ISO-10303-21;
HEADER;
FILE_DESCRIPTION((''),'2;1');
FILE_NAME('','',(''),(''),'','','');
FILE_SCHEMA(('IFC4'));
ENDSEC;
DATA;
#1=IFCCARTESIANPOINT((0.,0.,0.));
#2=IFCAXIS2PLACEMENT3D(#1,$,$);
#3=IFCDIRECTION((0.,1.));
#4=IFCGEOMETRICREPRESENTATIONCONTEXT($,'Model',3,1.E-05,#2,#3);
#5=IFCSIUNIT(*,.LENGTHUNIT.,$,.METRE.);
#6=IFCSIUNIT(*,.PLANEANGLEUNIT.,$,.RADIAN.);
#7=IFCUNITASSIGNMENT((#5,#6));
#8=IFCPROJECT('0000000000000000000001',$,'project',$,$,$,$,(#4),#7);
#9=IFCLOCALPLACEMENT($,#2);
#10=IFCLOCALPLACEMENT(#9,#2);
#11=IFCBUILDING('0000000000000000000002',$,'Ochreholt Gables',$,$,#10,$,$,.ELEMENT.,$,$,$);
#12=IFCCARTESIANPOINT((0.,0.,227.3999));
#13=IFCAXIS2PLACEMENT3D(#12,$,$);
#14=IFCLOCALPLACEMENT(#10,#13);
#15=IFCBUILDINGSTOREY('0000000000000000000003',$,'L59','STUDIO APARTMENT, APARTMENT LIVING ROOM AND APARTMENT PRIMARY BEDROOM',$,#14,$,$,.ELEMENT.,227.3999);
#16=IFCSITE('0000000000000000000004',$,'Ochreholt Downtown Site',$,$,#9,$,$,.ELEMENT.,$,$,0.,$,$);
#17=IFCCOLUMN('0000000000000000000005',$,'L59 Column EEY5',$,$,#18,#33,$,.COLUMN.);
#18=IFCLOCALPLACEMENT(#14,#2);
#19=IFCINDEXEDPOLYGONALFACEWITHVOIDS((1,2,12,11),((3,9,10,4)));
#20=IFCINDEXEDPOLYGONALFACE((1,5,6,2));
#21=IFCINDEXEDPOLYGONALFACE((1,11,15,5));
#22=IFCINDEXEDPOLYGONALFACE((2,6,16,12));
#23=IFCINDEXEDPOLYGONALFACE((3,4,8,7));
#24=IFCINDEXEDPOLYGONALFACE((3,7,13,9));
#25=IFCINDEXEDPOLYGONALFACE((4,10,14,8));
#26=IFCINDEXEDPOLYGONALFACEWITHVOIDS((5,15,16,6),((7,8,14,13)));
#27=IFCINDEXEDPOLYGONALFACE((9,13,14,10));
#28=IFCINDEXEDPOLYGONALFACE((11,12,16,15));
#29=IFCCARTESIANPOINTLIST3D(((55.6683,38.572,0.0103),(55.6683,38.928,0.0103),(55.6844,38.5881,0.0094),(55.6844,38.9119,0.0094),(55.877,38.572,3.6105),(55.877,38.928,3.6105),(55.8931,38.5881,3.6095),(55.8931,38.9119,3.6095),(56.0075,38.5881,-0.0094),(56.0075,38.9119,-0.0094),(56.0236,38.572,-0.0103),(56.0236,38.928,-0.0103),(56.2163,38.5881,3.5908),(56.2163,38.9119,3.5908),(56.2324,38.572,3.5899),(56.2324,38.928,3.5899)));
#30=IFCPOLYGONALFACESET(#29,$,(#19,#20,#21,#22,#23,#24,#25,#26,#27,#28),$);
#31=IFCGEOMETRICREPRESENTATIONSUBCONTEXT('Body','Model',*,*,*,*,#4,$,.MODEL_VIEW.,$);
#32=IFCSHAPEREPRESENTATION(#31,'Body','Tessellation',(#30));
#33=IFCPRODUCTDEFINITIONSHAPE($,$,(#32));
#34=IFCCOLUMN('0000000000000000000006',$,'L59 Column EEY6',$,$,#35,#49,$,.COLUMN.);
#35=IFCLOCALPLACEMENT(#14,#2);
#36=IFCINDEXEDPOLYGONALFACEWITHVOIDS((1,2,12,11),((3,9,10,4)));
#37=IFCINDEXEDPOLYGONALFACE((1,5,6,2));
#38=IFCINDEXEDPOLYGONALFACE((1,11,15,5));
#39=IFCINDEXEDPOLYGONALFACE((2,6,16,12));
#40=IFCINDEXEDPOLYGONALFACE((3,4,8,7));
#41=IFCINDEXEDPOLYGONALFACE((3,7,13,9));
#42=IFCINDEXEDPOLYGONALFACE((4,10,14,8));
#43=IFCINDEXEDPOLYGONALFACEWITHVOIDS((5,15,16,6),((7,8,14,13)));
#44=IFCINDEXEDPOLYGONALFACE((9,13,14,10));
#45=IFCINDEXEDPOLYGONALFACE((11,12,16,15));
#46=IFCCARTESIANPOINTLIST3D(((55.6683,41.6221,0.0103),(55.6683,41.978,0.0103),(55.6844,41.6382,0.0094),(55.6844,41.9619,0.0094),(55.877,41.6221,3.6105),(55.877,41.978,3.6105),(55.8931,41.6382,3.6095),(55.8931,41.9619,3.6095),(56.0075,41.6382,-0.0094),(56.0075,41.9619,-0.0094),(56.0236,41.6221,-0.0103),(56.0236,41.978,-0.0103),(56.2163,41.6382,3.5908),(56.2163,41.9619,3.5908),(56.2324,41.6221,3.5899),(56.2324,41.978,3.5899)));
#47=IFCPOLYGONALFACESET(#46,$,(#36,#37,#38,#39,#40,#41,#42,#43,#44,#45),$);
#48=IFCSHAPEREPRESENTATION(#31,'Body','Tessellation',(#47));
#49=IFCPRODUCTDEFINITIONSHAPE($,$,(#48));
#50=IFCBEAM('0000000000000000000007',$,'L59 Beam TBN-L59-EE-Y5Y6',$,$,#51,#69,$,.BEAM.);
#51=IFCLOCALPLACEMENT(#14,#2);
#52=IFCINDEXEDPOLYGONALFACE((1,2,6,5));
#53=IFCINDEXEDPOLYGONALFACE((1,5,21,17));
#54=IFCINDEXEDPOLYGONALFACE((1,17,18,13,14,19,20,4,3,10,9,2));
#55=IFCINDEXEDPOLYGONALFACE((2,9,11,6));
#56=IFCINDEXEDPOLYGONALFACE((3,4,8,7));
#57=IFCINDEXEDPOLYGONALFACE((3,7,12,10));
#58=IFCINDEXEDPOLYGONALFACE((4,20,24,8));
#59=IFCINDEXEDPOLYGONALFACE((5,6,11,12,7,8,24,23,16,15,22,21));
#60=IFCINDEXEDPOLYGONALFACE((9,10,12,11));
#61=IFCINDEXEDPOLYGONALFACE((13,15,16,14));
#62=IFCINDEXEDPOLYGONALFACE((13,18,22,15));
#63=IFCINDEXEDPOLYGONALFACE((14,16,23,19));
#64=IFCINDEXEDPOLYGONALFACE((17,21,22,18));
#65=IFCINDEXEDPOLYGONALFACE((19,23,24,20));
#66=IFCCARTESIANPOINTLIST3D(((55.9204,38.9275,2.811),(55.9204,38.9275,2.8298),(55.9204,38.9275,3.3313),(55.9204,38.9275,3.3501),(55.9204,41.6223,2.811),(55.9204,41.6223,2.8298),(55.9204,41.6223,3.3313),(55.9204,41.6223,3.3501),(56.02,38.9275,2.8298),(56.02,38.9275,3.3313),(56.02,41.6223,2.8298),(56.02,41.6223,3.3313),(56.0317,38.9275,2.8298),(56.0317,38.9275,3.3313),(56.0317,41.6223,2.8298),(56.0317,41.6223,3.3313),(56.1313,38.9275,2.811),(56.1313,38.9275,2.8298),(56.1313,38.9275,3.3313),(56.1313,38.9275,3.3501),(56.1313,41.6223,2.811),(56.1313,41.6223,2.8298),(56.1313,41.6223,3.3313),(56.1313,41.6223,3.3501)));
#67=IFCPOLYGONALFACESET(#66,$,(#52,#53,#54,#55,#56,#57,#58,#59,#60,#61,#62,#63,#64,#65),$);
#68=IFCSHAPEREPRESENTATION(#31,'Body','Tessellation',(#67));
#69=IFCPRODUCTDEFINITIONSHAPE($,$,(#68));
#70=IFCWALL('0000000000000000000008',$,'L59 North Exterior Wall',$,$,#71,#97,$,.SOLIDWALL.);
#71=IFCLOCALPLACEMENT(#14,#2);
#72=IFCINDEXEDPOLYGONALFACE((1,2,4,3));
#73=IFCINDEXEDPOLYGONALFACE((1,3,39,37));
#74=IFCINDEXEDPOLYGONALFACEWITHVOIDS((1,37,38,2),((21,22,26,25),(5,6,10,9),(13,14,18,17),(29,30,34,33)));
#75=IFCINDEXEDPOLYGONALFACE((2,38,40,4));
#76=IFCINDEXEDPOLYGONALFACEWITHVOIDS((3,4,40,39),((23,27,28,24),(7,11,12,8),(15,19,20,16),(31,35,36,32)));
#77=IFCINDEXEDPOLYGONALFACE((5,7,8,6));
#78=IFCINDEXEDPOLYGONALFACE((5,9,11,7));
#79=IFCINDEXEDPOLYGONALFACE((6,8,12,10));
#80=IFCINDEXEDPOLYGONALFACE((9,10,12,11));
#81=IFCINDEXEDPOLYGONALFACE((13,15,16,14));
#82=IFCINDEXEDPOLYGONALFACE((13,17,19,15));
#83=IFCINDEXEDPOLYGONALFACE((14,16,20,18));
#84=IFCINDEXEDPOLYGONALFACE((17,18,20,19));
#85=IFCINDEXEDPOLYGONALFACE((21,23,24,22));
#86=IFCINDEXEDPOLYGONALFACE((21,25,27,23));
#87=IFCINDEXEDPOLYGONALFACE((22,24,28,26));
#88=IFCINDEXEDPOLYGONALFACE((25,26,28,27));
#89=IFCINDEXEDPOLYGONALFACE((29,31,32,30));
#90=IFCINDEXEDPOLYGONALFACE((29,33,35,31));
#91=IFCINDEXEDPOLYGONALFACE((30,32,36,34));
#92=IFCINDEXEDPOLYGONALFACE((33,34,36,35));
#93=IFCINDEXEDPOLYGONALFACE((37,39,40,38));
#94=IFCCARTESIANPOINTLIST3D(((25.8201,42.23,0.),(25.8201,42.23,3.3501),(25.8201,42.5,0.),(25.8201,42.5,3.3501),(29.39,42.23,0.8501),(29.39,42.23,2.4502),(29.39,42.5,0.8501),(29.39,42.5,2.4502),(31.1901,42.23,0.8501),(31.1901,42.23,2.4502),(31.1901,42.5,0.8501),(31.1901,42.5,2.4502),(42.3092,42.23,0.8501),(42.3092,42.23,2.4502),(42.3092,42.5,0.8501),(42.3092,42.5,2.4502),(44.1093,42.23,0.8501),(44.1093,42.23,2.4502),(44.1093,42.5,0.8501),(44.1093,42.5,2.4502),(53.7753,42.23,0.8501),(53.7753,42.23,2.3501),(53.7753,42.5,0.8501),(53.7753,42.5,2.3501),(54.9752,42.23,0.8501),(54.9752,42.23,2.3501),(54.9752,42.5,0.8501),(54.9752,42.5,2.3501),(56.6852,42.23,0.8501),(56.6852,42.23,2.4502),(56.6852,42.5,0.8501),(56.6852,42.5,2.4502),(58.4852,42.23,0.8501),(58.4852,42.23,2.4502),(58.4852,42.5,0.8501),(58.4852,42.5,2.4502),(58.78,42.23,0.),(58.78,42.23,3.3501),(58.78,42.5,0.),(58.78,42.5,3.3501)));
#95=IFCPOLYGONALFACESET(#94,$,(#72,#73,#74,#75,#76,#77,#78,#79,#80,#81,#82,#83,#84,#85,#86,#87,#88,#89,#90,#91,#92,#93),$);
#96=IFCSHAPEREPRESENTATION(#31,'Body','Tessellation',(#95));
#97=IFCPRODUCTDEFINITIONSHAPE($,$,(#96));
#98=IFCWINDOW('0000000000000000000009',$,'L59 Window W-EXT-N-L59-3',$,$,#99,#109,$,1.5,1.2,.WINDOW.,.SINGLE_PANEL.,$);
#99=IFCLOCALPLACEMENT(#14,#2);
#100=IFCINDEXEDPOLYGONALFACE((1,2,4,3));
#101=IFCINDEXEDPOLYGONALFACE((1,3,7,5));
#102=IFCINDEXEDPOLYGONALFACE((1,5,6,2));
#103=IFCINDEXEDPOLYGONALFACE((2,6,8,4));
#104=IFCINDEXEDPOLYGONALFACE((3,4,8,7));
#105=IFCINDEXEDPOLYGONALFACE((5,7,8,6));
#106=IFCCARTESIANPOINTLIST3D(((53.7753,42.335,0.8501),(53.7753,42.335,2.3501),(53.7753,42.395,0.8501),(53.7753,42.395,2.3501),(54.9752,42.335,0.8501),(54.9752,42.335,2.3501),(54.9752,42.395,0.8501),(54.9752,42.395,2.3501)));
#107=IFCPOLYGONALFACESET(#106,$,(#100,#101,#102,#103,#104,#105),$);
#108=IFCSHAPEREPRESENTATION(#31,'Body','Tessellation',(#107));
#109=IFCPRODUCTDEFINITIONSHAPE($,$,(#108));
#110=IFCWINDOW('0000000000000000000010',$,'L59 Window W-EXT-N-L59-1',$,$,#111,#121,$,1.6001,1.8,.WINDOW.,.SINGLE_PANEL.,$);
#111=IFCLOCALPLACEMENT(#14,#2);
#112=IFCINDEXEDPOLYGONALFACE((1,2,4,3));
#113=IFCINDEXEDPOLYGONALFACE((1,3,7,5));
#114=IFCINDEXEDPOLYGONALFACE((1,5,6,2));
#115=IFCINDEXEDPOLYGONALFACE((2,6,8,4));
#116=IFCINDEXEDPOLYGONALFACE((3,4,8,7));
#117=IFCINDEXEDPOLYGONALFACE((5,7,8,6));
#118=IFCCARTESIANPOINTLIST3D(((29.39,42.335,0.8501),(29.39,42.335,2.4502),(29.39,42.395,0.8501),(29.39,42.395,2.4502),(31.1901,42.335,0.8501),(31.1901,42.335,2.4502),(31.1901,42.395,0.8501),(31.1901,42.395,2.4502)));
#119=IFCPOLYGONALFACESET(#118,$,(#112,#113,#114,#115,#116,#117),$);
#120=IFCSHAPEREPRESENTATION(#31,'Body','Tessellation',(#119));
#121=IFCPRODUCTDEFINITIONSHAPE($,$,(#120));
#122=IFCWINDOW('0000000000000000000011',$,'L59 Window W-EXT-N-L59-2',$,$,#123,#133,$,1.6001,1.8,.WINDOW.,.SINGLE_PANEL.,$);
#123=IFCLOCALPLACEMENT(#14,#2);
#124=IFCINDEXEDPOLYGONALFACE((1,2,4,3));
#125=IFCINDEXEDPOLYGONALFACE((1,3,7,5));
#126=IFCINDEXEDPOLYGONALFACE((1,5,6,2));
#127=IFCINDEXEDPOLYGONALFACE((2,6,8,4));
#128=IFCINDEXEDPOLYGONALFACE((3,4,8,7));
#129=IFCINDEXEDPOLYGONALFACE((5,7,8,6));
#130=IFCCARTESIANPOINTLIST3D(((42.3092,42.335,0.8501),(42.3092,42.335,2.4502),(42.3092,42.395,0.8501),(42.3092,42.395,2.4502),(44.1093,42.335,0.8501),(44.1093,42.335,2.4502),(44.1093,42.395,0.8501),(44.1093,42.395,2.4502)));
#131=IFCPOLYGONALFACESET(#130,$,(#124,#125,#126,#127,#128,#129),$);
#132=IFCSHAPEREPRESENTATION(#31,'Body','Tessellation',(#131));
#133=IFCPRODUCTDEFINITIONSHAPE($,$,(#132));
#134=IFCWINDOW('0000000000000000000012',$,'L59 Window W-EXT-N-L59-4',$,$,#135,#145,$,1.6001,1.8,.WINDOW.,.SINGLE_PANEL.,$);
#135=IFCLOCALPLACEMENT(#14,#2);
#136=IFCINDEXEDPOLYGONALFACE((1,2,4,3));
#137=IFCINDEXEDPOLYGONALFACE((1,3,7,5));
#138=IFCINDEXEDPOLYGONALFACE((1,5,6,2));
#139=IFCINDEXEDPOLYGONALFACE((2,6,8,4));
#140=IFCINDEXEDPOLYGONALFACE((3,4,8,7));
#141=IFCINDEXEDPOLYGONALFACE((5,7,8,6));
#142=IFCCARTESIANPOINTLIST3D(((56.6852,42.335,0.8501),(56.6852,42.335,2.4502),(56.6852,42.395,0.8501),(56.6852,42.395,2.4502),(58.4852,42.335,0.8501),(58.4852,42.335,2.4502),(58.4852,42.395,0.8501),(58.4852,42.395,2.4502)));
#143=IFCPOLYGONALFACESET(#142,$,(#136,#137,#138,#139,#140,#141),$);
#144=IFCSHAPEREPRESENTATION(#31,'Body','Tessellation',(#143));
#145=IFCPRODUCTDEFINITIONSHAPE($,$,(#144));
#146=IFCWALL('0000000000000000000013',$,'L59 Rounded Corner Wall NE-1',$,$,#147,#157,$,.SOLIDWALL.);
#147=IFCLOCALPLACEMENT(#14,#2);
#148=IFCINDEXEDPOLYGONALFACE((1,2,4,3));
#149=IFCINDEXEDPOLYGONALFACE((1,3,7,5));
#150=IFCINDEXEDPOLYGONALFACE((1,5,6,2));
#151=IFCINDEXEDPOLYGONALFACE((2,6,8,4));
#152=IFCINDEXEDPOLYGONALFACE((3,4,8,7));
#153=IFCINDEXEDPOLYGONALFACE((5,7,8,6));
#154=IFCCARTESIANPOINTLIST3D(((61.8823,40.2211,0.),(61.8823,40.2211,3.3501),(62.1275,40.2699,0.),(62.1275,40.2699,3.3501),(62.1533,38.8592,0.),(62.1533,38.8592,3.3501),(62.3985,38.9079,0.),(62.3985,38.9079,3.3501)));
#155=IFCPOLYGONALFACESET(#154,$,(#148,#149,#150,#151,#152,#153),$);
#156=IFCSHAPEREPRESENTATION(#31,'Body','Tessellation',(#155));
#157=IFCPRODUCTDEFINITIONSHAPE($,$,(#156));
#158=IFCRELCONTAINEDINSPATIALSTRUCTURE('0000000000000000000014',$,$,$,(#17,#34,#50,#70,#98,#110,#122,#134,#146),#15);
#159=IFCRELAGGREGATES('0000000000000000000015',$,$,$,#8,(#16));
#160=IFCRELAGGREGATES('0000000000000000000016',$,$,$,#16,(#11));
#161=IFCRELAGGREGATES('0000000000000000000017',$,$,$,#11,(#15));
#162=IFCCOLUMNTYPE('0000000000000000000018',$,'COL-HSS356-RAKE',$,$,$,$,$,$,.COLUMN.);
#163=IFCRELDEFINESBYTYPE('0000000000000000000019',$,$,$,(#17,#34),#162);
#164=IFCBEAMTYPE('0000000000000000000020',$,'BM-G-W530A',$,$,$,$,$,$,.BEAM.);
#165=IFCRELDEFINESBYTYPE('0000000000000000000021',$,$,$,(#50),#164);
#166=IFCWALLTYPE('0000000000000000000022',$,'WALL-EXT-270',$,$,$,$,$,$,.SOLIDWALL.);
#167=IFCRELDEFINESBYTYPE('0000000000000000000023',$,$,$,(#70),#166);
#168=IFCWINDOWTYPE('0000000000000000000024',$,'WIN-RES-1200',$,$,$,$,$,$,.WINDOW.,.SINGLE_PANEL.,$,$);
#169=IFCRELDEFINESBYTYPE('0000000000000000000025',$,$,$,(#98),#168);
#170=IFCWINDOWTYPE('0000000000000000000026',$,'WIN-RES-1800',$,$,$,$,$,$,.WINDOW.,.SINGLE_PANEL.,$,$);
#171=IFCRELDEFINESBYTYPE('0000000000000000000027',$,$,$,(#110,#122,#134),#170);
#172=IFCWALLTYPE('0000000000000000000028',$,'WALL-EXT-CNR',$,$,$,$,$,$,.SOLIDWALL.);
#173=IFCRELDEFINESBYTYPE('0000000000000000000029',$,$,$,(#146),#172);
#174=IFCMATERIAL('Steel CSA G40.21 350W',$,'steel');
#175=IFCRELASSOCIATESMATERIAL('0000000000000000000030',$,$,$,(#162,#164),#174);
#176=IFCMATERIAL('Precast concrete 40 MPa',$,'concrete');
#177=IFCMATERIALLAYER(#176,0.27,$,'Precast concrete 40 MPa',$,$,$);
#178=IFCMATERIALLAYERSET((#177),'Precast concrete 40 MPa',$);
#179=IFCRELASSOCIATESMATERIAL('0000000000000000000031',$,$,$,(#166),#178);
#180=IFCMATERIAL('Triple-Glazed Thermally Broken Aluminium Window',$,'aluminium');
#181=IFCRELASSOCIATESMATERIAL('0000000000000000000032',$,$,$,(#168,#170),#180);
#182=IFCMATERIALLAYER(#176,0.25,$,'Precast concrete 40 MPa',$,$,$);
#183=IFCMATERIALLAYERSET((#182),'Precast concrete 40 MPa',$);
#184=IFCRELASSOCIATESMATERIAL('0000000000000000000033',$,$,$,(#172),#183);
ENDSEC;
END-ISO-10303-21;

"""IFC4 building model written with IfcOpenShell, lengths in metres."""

from ifc_helpers import new_model, si_unit, direction, frame, frame_2d, origin, origin_2d, place, context, subcontext, project, spatial, rectangle, hollow_rectangle, i_section, extrude, material, layer, layer_set, material_profile, profile_set, type_object, element, fill, save


model = new_model("IFC4")

# Units and contexts
model_context = context("Model", 3, precision=1e-05, world=origin(), true_north=direction((0.0, 1.0)))
body_context = subcontext(model_context, "Body", "Model", "MODEL_VIEW")
ifc_project = project(units=[si_unit("LENGTHUNIT", "METRE"), si_unit("PLANEANGLEUNIT", "RADIAN")], contexts=[model_context])

# Site, building, storey
site_placement = place(None, origin())
site = spatial("IfcSite", under=ifc_project, at=site_placement, Name="Ochreholt Downtown Site", CompositionType="ELEMENT", RefElevation=0.0)
building_placement = place(site_placement, origin())
building = spatial("IfcBuilding", under=site, at=building_placement, Name="Ochreholt Gables", CompositionType="ELEMENT")
storey_placement = place(building_placement, frame((0.0, 0.0, 227.3999)))
storey = spatial("IfcBuildingStorey", under=building, at=storey_placement, Name="L59", Description="STUDIO APARTMENT, APARTMENT LIVING ROOM AND APARTMENT PRIMARY BEDROOM", CompositionType="ELEMENT", Elevation=227.3999)

# Columns
ifc_material_1 = material(Name="Steel CSA G40.21 350W", Category="steel")
ifc_material_profile_1 = material_profile(ifc_material_1, hollow_rectangle(XDim=0.356, YDim=0.356, WallThickness=0.0161, at=origin_2d()), Name="HSS356X356X16")
ifc_profile_set_1 = profile_set([ifc_material_profile_1], Name="Steel CSA G40.21 350W")
column_type = type_object("IfcColumnType", Name="COL-HSS356-RAKE", PredefinedType="COLUMN", material=ifc_profile_set_1)
for number, where, z_axis, x_axis, name in (
    (1, (55.8459, 38.75, 0.0), (0.057885, 0.0, 0.998323), (0.0, 1.0, 0.0), "L59 Column EEY5"),
    (2, (55.8459, 41.8, 0.0), (0.057885, 0.0, 0.998323), (0.0, 1.0, 0.0), "L59 Column EEY6"),
):
    element("IfcColumn", number, at=place(storey_placement, frame(where, z_axis=z_axis, x_axis=x_axis)), inside=storey, type_object=column_type, Name=name, PredefinedType="COLUMN", context=body_context, shape_type="SweptSolid", body=[
        extrude(hollow_rectangle(XDim=0.356, YDim=0.356, WallThickness=0.0161, at=origin_2d()), origin(), (0.0, 0.0, 1.0), 3.6062),
    ])

# Beam
ifc_material_profile_2 = material_profile(ifc_material_1, i_section(OverallWidth=0.2109, OverallDepth=0.5391, WebThickness=0.0117, FlangeThickness=0.0188, at=origin_2d()), Name="W530X109")
ifc_profile_set_2 = profile_set([ifc_material_profile_2], Name="Steel CSA G40.21 350W")
beam_type = type_object("IfcBeamType", Name="BM-G-W530A", PredefinedType="BEAM", material=ifc_profile_set_2)
beam_placement = place(storey_placement, frame((56.0259, 38.9275, 3.0806), z_axis=(0.0, 1.0, 0.0), x_axis=(-1.0, 0.0, 0.0)))
element("IfcBeam", 3, at=beam_placement, inside=storey, type_object=beam_type, Name="L59 Beam TBN-L59-EE-Y5Y6", PredefinedType="BEAM", context=body_context, shape_type="SweptSolid", body=[
    extrude(i_section(OverallWidth=0.2109, OverallDepth=0.5391, WebThickness=0.0117, FlangeThickness=0.0188, at=origin_2d()), origin(), (0.0, 0.0, 1.0), 2.6948),
])

# Wall, openings, windows
ifc_material_2 = material(Name="Precast concrete 40 MPa", Category="concrete")
ifc_layer_1 = layer(ifc_material_2, 0.27, Name="Precast concrete 40 MPa")
ifc_layer_set_1 = layer_set([ifc_layer_1], Name="Precast concrete 40 MPa")
wall_type_1 = type_object("IfcWallType", Name="WALL-EXT-270", PredefinedType="SOLIDWALL", material=ifc_layer_set_1)
wall_1_placement = place(storey_placement, frame((58.78, 42.365, 0.0), z_axis=(0.0, 0.0, 1.0), x_axis=(-1.0, 0.0, 0.0)))
wall_1 = element("IfcWall", 4, at=wall_1_placement, inside=storey, type_object=wall_type_1, Name="L59 North Exterior Wall", PredefinedType="SOLIDWALL", context=body_context, shape_type="SweptSolid", body=[
    extrude(rectangle(XDim=32.96, YDim=0.27, at=frame_2d((16.48, 0.0))), origin(), (0.0, 0.0, 1.0), 3.3501),
])
opening_1_placement = place(wall_1_placement, frame((27.5901, 0.0, 0.8501)))
opening_1 = element("IfcOpeningElement", 5, at=opening_1_placement, cuts=wall_1, PredefinedType="OPENING", context=body_context, shape_type="SweptSolid", body=[
    extrude(rectangle(XDim=1.8, YDim=1.6001, at=frame_2d((0.8999, 0.8))), frame((0.0, 0.145, 0.0), z_axis=(0.0, -1.0, 0.0), x_axis=(1.0, 0.0, 0.0)), (0.0, 0.0, 1.0), 0.29),
])
opening_2_placement = place(wall_1_placement, frame((14.6709, 0.0, 0.8501)))
opening_2 = element("IfcOpeningElement", 6, at=opening_2_placement, cuts=wall_1, PredefinedType="OPENING", context=body_context, shape_type="SweptSolid", body=[
    extrude(rectangle(XDim=1.8, YDim=1.6001, at=frame_2d((0.8999, 0.8))), frame((0.0, 0.145, 0.0), z_axis=(0.0, -1.0, 0.0), x_axis=(1.0, 0.0, 0.0)), (0.0, 0.0, 1.0), 0.29),
])
opening_3_placement = place(wall_1_placement, frame((3.8047, 0.0, 0.8501)))
opening_3 = element("IfcOpeningElement", 7, at=opening_3_placement, cuts=wall_1, PredefinedType="OPENING", context=body_context, shape_type="SweptSolid", body=[
    extrude(rectangle(XDim=1.2, YDim=1.5, at=frame_2d((0.6001, 0.75))), frame((0.0, 0.145, 0.0), z_axis=(0.0, -1.0, 0.0), x_axis=(1.0, 0.0, 0.0)), (0.0, 0.0, 1.0), 0.29),
])
opening_4_placement = place(wall_1_placement, frame((0.2949, 0.0, 0.8501)))
opening_4 = element("IfcOpeningElement", 8, at=opening_4_placement, cuts=wall_1, PredefinedType="OPENING", context=body_context, shape_type="SweptSolid", body=[
    extrude(rectangle(XDim=1.8, YDim=1.6001, at=frame_2d((0.8999, 0.8))), frame((0.0, 0.145, 0.0), z_axis=(0.0, -1.0, 0.0), x_axis=(1.0, 0.0, 0.0)), (0.0, 0.0, 1.0), 0.29),
])
ifc_material_3 = material(Name="Triple-Glazed Thermally Broken Aluminium Window", Category="aluminium")
window_type_1 = type_object("IfcWindowType", Name="WIN-RES-1200", PartitioningType="SINGLE_PANEL", PredefinedType="WINDOW", material=ifc_material_3)
window_1_placement = place(opening_3_placement, origin())
window_1 = element("IfcWindow", 9, at=window_1_placement, inside=storey, type_object=window_type_1, Name="L59 Window W-EXT-N-L59-3", OverallHeight=1.5, OverallWidth=1.2, PartitioningType="SINGLE_PANEL", PredefinedType="WINDOW", context=body_context, shape_type="SweptSolid", body=[
    extrude(rectangle(XDim=1.2, YDim=1.5, at=frame_2d((0.6001, 0.75))), frame((0.0, 0.03, 0.0), z_axis=(0.0, -1.0, 0.0), x_axis=(1.0, 0.0, 0.0)), (0.0, 0.0, 1.0), 0.0601),
])
fill(opening_3, window_1)
window_type_2 = type_object("IfcWindowType", Name="WIN-RES-1800", PartitioningType="SINGLE_PANEL", PredefinedType="WINDOW", material=ifc_material_3)
window_2_placement = place(opening_1_placement, origin())
window_2 = element("IfcWindow", 10, at=window_2_placement, inside=storey, type_object=window_type_2, Name="L59 Window W-EXT-N-L59-1", OverallHeight=1.6001, OverallWidth=1.8, PartitioningType="SINGLE_PANEL", PredefinedType="WINDOW", context=body_context, shape_type="SweptSolid", body=[
    extrude(rectangle(XDim=1.8, YDim=1.6001, at=frame_2d((0.8999, 0.8))), frame((0.0, 0.03, 0.0), z_axis=(0.0, -1.0, 0.0), x_axis=(1.0, 0.0, 0.0)), (0.0, 0.0, 1.0), 0.0601),
])
fill(opening_1, window_2)
window_3_placement = place(opening_2_placement, origin())
window_3 = element("IfcWindow", 11, at=window_3_placement, inside=storey, type_object=window_type_2, Name="L59 Window W-EXT-N-L59-2", OverallHeight=1.6001, OverallWidth=1.8, PartitioningType="SINGLE_PANEL", PredefinedType="WINDOW", context=body_context, shape_type="SweptSolid", body=[
    extrude(rectangle(XDim=1.8, YDim=1.6001, at=frame_2d((0.8999, 0.8))), frame((0.0, 0.03, 0.0), z_axis=(0.0, -1.0, 0.0), x_axis=(1.0, 0.0, 0.0)), (0.0, 0.0, 1.0), 0.0601),
])
fill(opening_2, window_3)
window_4_placement = place(opening_4_placement, origin())
window_4 = element("IfcWindow", 12, at=window_4_placement, inside=storey, type_object=window_type_2, Name="L59 Window W-EXT-N-L59-4", OverallHeight=1.6001, OverallWidth=1.8, PartitioningType="SINGLE_PANEL", PredefinedType="WINDOW", context=body_context, shape_type="SweptSolid", body=[
    extrude(rectangle(XDim=1.8, YDim=1.6001, at=frame_2d((0.8999, 0.8))), frame((0.0, 0.03, 0.0), z_axis=(0.0, -1.0, 0.0), x_axis=(1.0, 0.0, 0.0)), (0.0, 0.0, 1.0), 0.0601),
])
fill(opening_4, window_4)

# Wall
ifc_layer_2 = layer(ifc_material_2, 0.25, Name="Precast concrete 40 MPa")
ifc_layer_set_2 = layer_set([ifc_layer_2], Name="Precast concrete 40 MPa")
wall_type_2 = type_object("IfcWallType", Name="WALL-EXT-CNR", PredefinedType="SOLIDWALL", material=ifc_layer_set_2)
wall_2_placement = place(storey_placement, frame((62.2759, 38.8835, 0.0), z_axis=(0.0, 0.0, 1.0), x_axis=(-0.195136, 0.980776, 0.0)))
element("IfcWall", 13, at=wall_2_placement, inside=storey, type_object=wall_type_2, Name="L59 Rounded Corner Wall NE-1", PredefinedType="SOLIDWALL", context=body_context, shape_type="SweptSolid", body=[
    extrude(rectangle(XDim=1.3887, YDim=0.25, at=frame_2d((0.6943, 0.0))), origin(), (0.0, 0.0, 1.0), 3.3501),
])

save(model, "model.ifc")
